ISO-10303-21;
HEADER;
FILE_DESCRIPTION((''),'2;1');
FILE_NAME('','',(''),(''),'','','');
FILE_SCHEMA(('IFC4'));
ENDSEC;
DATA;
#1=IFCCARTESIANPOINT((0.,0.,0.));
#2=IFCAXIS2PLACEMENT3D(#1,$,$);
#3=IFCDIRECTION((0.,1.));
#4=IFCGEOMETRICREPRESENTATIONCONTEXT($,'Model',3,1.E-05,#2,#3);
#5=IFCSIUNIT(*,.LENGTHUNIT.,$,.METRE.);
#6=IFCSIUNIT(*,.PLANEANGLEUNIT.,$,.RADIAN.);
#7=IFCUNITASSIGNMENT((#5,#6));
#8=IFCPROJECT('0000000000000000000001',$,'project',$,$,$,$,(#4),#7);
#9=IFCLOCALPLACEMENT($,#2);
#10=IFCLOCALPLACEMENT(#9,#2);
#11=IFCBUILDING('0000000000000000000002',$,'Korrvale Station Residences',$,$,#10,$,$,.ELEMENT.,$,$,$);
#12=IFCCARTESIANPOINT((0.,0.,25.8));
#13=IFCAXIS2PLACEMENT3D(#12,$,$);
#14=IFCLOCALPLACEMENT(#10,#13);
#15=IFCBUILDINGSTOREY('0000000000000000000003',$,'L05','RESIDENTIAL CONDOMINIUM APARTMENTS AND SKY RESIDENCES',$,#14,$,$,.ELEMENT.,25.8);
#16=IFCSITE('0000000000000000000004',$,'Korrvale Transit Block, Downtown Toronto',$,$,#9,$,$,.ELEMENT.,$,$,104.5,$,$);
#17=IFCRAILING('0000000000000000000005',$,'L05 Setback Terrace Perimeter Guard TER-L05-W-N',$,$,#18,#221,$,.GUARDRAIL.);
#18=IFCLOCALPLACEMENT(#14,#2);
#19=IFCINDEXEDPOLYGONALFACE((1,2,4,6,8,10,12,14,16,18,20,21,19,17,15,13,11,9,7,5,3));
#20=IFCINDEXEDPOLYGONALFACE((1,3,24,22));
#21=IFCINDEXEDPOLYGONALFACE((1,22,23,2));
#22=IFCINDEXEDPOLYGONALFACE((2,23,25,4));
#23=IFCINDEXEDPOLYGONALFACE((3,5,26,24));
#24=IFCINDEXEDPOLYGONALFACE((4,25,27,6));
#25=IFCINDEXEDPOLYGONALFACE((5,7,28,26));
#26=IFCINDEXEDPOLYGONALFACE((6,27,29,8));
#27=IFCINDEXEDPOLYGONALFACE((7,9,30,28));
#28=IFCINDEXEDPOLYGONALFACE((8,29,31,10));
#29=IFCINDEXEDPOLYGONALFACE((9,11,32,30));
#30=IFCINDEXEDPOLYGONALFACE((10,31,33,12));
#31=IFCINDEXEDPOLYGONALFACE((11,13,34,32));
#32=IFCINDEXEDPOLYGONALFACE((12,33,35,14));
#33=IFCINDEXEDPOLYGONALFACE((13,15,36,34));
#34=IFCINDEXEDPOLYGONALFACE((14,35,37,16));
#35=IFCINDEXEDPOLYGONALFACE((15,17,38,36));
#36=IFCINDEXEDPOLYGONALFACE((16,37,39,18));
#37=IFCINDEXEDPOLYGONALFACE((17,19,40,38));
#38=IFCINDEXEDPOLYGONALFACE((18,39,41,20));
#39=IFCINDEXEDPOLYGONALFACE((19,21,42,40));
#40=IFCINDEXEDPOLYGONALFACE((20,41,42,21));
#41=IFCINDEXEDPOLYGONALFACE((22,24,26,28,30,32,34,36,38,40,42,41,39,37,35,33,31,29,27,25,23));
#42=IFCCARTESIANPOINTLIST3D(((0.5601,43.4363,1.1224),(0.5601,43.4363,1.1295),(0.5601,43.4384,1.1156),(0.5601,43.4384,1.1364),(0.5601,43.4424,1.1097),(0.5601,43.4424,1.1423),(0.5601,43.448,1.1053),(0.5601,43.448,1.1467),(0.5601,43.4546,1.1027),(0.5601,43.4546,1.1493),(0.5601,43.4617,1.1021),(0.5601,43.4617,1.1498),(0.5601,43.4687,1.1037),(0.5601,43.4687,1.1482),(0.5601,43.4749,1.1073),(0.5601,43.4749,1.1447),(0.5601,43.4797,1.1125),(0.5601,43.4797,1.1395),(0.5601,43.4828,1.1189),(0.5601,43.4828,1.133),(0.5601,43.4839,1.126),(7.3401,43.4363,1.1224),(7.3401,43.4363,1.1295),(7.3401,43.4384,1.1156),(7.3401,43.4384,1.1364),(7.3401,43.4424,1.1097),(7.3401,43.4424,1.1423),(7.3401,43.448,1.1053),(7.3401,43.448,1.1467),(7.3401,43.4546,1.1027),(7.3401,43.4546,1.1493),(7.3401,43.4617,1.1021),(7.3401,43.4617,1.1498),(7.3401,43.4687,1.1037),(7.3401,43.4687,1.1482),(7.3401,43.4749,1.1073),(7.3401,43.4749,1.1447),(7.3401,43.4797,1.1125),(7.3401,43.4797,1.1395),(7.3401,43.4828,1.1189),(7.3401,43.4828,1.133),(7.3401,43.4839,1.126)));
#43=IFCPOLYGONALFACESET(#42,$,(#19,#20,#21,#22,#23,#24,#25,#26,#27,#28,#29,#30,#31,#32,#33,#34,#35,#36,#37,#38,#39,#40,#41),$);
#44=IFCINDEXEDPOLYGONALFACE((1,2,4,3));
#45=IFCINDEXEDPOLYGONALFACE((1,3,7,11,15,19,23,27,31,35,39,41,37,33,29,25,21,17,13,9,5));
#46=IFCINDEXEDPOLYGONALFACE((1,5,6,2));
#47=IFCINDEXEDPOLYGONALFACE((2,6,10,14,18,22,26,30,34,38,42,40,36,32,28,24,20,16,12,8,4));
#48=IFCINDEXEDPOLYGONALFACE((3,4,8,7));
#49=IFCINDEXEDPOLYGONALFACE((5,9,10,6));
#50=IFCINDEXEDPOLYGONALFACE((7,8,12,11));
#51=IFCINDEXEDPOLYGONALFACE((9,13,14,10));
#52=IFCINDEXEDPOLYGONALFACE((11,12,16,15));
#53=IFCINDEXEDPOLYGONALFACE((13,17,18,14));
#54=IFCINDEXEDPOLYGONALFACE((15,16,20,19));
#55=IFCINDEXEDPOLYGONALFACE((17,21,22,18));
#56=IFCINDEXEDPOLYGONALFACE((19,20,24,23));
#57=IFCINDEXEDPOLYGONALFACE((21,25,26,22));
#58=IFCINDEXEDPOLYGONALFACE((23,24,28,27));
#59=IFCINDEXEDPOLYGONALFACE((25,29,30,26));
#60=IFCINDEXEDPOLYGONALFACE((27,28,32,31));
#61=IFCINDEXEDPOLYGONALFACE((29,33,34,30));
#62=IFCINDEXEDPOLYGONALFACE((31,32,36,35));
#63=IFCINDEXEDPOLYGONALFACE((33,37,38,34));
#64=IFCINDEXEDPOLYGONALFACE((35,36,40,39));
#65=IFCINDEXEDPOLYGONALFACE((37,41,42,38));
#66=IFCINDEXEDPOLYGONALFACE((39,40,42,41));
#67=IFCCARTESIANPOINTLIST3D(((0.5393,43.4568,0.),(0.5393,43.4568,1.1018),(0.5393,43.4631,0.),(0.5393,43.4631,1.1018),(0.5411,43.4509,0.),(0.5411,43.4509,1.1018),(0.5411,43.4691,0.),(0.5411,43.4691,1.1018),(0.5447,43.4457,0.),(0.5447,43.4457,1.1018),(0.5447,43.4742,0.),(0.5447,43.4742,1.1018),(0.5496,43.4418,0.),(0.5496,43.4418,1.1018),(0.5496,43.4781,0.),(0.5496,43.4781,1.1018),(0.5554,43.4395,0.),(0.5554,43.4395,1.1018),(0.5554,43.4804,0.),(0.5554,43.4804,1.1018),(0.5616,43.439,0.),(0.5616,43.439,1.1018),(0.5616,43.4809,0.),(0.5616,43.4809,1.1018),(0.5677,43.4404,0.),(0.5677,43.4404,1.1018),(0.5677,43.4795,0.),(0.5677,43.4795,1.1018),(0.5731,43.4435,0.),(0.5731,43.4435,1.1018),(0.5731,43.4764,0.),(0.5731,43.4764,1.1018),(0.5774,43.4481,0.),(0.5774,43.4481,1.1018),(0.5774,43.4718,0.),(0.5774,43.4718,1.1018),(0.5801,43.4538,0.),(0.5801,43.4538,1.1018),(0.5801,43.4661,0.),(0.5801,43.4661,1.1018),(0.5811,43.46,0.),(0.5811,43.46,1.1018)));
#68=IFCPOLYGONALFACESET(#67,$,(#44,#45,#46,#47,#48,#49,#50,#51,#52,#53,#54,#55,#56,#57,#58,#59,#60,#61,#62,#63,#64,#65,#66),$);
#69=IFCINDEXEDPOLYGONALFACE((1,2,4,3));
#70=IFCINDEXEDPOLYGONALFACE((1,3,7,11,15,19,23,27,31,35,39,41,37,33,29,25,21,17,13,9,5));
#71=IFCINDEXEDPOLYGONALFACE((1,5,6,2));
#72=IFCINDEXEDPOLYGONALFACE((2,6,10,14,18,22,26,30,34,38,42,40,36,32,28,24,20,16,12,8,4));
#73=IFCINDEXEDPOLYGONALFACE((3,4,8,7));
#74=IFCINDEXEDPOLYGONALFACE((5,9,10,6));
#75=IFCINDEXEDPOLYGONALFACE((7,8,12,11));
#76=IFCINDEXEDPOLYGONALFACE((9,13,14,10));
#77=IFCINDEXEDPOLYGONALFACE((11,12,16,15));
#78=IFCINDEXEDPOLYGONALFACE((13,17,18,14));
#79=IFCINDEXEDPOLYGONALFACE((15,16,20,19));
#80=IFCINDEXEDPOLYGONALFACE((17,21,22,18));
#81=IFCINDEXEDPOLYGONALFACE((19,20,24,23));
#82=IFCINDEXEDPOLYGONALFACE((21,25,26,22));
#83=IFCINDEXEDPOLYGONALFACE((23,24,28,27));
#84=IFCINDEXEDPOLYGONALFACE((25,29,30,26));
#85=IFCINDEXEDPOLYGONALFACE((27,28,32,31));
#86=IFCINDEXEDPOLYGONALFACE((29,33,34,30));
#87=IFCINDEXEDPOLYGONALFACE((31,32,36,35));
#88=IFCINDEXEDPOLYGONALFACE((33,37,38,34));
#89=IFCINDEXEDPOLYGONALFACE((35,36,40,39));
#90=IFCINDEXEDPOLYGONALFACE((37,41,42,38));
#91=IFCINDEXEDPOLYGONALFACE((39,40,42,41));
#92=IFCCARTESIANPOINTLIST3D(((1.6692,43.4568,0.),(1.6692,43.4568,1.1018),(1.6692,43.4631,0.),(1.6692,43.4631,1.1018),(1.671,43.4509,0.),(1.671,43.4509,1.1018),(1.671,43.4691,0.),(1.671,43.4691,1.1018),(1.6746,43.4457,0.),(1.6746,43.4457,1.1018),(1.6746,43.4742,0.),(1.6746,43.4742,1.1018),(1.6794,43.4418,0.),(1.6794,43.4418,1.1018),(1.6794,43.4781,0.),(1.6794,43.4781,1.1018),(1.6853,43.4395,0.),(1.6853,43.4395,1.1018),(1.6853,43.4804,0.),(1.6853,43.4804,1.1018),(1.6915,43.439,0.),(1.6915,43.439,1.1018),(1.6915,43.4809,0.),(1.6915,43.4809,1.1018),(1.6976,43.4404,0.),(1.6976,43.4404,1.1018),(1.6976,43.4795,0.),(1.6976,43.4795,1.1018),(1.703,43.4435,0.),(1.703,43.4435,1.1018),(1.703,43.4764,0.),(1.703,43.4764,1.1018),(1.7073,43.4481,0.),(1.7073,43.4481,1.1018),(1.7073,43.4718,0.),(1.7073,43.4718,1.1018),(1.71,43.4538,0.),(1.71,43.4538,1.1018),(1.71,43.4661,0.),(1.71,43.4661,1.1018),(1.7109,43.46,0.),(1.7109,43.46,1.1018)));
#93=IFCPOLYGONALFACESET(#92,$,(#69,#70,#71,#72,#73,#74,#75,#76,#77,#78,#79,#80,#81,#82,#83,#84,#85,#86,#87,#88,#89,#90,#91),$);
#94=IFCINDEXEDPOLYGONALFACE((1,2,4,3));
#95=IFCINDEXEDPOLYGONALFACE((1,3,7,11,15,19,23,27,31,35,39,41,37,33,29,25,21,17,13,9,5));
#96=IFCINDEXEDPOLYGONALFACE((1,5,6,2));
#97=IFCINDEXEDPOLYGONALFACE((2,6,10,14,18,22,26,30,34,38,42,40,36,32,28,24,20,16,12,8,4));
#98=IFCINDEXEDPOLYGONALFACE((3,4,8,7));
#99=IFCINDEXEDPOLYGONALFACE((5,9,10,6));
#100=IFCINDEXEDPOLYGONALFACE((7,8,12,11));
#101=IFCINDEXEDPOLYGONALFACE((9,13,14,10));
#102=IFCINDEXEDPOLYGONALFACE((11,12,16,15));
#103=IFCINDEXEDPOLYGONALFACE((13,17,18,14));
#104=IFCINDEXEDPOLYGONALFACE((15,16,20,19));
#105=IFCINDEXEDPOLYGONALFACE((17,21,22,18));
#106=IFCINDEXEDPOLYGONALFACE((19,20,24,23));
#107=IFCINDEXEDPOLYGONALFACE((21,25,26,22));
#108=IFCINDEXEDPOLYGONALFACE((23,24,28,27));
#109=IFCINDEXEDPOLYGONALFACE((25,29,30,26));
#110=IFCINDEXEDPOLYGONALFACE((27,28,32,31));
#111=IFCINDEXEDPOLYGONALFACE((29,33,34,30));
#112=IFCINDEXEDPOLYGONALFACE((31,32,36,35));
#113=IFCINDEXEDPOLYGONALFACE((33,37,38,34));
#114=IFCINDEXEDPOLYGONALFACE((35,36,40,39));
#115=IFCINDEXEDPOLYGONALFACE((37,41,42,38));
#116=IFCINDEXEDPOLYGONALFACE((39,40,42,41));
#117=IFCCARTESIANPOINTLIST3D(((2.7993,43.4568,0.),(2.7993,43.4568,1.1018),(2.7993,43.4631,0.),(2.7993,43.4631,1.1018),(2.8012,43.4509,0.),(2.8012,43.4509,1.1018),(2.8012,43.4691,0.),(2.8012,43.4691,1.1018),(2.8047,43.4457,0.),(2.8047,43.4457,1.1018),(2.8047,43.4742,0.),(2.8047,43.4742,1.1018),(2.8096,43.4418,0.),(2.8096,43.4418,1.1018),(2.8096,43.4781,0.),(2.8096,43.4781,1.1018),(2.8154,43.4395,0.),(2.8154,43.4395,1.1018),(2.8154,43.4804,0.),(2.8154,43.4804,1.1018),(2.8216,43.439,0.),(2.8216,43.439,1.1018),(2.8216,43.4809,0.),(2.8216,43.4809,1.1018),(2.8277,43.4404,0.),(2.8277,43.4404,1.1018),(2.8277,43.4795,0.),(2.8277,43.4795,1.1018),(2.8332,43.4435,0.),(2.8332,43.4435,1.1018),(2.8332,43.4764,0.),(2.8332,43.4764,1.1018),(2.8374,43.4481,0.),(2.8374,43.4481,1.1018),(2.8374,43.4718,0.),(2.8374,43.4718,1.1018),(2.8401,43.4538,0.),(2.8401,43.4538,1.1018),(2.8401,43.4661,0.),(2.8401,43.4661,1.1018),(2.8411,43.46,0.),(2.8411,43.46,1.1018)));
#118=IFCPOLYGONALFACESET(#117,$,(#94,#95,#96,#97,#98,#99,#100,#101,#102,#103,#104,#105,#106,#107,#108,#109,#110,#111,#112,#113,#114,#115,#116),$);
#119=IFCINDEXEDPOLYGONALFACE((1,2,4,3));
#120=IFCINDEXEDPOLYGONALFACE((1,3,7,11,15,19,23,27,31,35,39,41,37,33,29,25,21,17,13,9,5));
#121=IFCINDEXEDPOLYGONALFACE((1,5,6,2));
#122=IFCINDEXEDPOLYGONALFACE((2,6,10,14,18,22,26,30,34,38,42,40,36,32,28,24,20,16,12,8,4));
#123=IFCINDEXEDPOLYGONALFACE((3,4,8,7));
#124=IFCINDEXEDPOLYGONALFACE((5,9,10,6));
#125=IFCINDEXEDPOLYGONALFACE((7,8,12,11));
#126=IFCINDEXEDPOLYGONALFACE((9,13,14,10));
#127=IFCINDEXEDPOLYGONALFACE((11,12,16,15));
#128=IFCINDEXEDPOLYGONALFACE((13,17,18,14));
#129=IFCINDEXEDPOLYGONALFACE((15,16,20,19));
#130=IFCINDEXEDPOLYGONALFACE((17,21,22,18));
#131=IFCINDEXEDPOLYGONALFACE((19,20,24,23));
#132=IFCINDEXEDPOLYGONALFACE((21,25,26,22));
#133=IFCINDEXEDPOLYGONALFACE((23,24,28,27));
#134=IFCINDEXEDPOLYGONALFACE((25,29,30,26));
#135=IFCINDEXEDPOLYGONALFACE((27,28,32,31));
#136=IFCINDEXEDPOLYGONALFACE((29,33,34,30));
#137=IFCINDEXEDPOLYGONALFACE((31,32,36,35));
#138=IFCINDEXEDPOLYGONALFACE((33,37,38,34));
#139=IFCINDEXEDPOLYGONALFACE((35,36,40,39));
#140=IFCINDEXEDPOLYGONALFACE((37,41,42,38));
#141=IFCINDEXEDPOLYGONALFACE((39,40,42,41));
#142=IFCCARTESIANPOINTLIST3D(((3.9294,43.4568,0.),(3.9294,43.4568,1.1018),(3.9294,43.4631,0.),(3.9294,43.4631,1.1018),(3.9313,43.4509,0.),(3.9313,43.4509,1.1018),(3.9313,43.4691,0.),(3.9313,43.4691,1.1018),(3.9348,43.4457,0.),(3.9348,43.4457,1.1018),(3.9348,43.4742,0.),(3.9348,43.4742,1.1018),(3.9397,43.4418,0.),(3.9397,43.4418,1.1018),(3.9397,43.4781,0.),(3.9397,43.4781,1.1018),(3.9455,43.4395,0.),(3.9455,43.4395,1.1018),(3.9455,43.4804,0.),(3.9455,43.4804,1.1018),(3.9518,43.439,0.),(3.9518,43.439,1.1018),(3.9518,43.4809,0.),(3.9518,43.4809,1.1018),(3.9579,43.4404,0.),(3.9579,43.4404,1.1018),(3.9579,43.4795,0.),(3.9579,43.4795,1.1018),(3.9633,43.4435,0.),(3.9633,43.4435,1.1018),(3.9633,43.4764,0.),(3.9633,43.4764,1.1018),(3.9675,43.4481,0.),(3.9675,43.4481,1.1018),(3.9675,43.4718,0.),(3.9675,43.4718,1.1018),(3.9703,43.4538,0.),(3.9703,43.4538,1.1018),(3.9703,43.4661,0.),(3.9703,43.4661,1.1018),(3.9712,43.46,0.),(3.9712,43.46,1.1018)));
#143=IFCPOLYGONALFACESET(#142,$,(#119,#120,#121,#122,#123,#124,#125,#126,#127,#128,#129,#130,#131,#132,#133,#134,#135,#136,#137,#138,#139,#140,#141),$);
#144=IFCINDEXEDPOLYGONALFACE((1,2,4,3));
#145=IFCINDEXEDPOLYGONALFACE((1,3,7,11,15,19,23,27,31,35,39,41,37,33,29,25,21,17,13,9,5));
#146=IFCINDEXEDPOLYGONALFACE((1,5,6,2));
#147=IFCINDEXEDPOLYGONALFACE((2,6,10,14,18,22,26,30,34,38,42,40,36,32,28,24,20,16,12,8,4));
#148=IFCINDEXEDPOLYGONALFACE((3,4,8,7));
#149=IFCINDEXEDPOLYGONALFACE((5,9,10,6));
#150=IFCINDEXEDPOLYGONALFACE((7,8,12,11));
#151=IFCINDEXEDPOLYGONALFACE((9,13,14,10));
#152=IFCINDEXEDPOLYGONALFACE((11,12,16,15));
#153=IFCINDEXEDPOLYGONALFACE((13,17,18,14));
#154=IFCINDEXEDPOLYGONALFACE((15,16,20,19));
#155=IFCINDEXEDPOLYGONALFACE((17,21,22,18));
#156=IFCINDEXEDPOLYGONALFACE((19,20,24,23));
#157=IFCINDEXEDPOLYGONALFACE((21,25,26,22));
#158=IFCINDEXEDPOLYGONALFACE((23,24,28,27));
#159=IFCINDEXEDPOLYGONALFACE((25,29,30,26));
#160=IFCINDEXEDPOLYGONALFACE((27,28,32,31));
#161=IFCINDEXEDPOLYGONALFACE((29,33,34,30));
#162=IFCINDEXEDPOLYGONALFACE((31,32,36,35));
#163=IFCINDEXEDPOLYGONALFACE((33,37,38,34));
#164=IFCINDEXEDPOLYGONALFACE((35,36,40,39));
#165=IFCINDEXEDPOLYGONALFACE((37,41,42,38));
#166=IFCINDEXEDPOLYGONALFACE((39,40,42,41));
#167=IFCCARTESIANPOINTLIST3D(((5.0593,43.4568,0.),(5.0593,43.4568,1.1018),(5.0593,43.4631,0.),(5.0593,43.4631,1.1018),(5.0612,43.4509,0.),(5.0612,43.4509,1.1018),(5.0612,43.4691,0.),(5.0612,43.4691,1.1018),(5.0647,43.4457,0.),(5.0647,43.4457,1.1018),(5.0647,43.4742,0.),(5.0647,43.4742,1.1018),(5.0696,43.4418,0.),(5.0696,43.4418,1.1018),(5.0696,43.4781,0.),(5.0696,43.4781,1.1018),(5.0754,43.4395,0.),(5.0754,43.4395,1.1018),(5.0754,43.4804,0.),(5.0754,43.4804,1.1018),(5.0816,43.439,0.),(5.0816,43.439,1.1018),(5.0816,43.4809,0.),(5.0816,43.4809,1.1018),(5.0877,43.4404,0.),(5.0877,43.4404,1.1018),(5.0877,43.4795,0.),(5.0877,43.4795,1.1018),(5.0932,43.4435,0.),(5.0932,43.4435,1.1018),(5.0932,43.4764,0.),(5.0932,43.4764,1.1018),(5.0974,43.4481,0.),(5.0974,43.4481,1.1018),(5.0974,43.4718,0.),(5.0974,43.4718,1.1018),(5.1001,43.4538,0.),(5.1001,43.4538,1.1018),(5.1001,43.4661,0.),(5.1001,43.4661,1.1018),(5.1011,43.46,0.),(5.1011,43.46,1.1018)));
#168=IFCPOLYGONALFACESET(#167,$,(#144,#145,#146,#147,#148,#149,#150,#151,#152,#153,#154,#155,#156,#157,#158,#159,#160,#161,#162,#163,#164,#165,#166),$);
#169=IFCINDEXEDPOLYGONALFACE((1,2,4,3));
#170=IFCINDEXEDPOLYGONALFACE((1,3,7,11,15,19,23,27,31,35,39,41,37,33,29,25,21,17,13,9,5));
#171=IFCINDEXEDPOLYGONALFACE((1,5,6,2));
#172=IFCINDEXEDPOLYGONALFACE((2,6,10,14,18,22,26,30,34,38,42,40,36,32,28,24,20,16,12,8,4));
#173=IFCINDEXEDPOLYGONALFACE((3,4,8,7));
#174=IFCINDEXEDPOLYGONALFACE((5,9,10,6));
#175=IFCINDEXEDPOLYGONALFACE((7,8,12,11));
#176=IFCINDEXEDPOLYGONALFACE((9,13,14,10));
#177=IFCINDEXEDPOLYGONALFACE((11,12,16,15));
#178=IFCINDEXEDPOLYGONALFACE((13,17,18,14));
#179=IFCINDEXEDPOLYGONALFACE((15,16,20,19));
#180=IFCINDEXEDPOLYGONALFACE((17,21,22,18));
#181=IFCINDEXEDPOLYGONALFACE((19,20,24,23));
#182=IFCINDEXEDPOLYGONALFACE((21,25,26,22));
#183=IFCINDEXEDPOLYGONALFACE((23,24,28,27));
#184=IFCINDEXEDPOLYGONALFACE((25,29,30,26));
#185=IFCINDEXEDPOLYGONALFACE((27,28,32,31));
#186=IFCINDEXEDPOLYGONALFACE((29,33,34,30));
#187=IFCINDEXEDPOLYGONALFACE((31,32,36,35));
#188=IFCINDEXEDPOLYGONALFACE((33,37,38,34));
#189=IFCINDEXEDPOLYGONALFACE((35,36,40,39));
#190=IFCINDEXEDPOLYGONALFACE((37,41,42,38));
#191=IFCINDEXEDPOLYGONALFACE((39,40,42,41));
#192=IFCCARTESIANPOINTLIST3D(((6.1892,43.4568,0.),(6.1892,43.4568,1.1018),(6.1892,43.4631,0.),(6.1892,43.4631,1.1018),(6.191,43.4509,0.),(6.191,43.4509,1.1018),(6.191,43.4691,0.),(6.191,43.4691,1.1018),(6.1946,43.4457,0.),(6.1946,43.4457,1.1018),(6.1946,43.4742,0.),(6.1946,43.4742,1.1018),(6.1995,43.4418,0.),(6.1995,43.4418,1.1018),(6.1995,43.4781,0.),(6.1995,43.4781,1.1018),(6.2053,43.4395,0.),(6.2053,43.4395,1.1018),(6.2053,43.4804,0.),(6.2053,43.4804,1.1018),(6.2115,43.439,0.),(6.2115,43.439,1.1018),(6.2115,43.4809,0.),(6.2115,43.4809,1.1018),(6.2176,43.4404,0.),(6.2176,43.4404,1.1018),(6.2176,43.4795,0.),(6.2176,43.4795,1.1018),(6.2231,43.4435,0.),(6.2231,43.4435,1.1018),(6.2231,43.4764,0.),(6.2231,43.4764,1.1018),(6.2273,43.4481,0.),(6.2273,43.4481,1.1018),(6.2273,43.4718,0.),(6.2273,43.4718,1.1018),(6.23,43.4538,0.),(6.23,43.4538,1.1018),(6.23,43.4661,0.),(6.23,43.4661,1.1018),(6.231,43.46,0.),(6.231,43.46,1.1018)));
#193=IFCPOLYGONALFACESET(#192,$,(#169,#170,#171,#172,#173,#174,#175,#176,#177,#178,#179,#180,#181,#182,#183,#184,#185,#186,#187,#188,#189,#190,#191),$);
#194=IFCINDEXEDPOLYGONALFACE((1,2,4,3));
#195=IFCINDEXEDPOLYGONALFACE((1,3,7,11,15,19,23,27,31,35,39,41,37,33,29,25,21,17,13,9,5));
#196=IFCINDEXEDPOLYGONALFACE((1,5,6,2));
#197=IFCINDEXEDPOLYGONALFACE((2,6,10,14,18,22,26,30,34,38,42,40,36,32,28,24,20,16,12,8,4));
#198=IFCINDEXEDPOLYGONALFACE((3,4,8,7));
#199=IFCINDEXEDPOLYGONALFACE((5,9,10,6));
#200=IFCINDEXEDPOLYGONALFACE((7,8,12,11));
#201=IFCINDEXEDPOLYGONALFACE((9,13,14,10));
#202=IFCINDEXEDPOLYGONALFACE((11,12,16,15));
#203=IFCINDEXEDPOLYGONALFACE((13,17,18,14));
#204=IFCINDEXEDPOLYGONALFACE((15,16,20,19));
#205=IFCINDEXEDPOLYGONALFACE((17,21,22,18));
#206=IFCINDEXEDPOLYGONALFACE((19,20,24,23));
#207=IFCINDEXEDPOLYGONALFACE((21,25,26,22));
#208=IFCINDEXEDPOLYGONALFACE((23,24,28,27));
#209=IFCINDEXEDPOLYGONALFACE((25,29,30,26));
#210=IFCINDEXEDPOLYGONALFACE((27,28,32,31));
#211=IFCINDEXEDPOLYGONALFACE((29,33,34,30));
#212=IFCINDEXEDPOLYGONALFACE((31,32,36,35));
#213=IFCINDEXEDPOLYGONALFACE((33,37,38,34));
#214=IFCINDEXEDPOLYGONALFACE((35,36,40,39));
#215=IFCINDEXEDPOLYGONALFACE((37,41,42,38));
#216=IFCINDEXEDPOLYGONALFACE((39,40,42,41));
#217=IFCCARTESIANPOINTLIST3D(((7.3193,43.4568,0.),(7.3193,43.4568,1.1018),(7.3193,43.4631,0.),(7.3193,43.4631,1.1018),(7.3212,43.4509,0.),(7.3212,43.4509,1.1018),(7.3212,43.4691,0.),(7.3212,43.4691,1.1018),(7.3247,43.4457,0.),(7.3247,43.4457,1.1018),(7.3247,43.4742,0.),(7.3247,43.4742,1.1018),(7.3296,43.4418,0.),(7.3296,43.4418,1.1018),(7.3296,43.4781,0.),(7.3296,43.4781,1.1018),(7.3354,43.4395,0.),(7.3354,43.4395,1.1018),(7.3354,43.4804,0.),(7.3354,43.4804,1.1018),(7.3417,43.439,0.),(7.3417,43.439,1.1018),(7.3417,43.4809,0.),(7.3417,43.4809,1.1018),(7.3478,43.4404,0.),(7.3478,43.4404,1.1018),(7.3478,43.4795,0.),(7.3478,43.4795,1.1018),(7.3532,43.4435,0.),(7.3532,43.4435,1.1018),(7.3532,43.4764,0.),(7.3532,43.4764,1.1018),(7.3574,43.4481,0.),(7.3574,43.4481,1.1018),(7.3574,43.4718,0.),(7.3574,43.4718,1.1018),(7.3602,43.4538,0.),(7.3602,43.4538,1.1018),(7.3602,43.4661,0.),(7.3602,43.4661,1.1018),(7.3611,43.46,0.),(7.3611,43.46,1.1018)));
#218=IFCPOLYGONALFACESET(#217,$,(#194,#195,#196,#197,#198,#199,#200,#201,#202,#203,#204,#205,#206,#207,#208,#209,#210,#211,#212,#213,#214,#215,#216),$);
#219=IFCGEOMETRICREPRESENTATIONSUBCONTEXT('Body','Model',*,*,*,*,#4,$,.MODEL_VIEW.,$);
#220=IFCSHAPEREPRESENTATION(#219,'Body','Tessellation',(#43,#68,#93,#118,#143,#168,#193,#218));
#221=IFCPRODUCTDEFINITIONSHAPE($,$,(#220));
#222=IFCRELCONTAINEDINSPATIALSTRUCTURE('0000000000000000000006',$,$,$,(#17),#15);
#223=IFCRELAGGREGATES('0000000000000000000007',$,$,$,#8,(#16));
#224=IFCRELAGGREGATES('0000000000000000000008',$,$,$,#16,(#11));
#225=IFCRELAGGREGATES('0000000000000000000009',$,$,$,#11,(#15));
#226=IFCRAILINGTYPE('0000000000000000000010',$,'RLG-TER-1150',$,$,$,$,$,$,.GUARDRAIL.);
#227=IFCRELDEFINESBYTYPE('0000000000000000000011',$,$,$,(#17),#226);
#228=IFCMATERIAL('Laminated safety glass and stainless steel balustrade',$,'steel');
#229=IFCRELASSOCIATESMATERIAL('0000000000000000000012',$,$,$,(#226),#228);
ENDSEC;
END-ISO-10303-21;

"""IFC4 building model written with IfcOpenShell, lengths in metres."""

from ifc_helpers import new_model, si_unit, direction, frame, origin, origin_2d, place, context, subcontext, project, spatial, circle, extrude, material, type_object, element, save


model = new_model("IFC4")

# Units and contexts
model_context = context("Model", 3, precision=1e-05, world=origin(), true_north=direction((0.0, 1.0)))
body_context = subcontext(model_context, "Body", "Model", "MODEL_VIEW")
ifc_project = project(units=[si_unit("LENGTHUNIT", "METRE"), si_unit("PLANEANGLEUNIT", "RADIAN")], contexts=[model_context])

# Site, building, storey
site_placement = place(None, origin())
site = spatial("IfcSite", under=ifc_project, at=site_placement, Name="Korrvale Transit Block, Downtown Toronto", CompositionType="ELEMENT", RefElevation=104.5)
building_placement = place(site_placement, origin())
building = spatial("IfcBuilding", under=site, at=building_placement, Name="Korrvale Station Residences", CompositionType="ELEMENT")
storey_placement = place(building_placement, frame((0.0, 0.0, 25.8)))
storey = spatial("IfcBuildingStorey", under=building, at=storey_placement, Name="L05", Description="RESIDENTIAL CONDOMINIUM APARTMENTS AND SKY RESIDENCES", CompositionType="ELEMENT", Elevation=25.8)

# Railing
ifc_material_1 = material(Name="Laminated safety glass and stainless steel balustrade", Category="steel")
railing_type = type_object("IfcRailingType", Name="RLG-TER-1150", PredefinedType="GUARDRAIL", material=ifc_material_1)
railing_placement = place(storey_placement, frame((0.5601, 43.46, 0.0)))
element("IfcRailing", 1, at=railing_placement, inside=storey, type_object=railing_type, Name="L05 Setback Terrace Perimeter Guard TER-L05-W-N", PredefinedType="GUARDRAIL", context=body_context, shape_type="SweptSolid", body=[
    extrude(circle(Radius=0.0239, at=origin_2d()), frame((0.0, 0.0, 1.126), z_axis=(1.0, 0.0, 0.0), x_axis=(0.0, 1.0, 0.0)), (0.0, 0.0, 1.0), 6.78),
    extrude(circle(Radius=0.021, at=origin_2d()), origin(), (0.0, 0.0, 1.0), 1.1018),
    extrude(circle(Radius=0.021, at=origin_2d()), frame((1.1299, 0.0, 0.0)), (0.0, 0.0, 1.0), 1.1018),
    extrude(circle(Radius=0.021, at=origin_2d()), frame((2.26, 0.0, 0.0)), (0.0, 0.0, 1.0), 1.1018),
    extrude(circle(Radius=0.021, at=origin_2d()), frame((3.3901, 0.0, 0.0)), (0.0, 0.0, 1.0), 1.1018),
    extrude(circle(Radius=0.021, at=origin_2d()), frame((4.52, 0.0, 0.0)), (0.0, 0.0, 1.0), 1.1018),
    extrude(circle(Radius=0.021, at=origin_2d()), frame((5.6499, 0.0, 0.0)), (0.0, 0.0, 1.0), 1.1018),
    extrude(circle(Radius=0.021, at=origin_2d()), frame((6.78, 0.0, 0.0)), (0.0, 0.0, 1.0), 1.1018),
])

save(model, "model.ifc")
